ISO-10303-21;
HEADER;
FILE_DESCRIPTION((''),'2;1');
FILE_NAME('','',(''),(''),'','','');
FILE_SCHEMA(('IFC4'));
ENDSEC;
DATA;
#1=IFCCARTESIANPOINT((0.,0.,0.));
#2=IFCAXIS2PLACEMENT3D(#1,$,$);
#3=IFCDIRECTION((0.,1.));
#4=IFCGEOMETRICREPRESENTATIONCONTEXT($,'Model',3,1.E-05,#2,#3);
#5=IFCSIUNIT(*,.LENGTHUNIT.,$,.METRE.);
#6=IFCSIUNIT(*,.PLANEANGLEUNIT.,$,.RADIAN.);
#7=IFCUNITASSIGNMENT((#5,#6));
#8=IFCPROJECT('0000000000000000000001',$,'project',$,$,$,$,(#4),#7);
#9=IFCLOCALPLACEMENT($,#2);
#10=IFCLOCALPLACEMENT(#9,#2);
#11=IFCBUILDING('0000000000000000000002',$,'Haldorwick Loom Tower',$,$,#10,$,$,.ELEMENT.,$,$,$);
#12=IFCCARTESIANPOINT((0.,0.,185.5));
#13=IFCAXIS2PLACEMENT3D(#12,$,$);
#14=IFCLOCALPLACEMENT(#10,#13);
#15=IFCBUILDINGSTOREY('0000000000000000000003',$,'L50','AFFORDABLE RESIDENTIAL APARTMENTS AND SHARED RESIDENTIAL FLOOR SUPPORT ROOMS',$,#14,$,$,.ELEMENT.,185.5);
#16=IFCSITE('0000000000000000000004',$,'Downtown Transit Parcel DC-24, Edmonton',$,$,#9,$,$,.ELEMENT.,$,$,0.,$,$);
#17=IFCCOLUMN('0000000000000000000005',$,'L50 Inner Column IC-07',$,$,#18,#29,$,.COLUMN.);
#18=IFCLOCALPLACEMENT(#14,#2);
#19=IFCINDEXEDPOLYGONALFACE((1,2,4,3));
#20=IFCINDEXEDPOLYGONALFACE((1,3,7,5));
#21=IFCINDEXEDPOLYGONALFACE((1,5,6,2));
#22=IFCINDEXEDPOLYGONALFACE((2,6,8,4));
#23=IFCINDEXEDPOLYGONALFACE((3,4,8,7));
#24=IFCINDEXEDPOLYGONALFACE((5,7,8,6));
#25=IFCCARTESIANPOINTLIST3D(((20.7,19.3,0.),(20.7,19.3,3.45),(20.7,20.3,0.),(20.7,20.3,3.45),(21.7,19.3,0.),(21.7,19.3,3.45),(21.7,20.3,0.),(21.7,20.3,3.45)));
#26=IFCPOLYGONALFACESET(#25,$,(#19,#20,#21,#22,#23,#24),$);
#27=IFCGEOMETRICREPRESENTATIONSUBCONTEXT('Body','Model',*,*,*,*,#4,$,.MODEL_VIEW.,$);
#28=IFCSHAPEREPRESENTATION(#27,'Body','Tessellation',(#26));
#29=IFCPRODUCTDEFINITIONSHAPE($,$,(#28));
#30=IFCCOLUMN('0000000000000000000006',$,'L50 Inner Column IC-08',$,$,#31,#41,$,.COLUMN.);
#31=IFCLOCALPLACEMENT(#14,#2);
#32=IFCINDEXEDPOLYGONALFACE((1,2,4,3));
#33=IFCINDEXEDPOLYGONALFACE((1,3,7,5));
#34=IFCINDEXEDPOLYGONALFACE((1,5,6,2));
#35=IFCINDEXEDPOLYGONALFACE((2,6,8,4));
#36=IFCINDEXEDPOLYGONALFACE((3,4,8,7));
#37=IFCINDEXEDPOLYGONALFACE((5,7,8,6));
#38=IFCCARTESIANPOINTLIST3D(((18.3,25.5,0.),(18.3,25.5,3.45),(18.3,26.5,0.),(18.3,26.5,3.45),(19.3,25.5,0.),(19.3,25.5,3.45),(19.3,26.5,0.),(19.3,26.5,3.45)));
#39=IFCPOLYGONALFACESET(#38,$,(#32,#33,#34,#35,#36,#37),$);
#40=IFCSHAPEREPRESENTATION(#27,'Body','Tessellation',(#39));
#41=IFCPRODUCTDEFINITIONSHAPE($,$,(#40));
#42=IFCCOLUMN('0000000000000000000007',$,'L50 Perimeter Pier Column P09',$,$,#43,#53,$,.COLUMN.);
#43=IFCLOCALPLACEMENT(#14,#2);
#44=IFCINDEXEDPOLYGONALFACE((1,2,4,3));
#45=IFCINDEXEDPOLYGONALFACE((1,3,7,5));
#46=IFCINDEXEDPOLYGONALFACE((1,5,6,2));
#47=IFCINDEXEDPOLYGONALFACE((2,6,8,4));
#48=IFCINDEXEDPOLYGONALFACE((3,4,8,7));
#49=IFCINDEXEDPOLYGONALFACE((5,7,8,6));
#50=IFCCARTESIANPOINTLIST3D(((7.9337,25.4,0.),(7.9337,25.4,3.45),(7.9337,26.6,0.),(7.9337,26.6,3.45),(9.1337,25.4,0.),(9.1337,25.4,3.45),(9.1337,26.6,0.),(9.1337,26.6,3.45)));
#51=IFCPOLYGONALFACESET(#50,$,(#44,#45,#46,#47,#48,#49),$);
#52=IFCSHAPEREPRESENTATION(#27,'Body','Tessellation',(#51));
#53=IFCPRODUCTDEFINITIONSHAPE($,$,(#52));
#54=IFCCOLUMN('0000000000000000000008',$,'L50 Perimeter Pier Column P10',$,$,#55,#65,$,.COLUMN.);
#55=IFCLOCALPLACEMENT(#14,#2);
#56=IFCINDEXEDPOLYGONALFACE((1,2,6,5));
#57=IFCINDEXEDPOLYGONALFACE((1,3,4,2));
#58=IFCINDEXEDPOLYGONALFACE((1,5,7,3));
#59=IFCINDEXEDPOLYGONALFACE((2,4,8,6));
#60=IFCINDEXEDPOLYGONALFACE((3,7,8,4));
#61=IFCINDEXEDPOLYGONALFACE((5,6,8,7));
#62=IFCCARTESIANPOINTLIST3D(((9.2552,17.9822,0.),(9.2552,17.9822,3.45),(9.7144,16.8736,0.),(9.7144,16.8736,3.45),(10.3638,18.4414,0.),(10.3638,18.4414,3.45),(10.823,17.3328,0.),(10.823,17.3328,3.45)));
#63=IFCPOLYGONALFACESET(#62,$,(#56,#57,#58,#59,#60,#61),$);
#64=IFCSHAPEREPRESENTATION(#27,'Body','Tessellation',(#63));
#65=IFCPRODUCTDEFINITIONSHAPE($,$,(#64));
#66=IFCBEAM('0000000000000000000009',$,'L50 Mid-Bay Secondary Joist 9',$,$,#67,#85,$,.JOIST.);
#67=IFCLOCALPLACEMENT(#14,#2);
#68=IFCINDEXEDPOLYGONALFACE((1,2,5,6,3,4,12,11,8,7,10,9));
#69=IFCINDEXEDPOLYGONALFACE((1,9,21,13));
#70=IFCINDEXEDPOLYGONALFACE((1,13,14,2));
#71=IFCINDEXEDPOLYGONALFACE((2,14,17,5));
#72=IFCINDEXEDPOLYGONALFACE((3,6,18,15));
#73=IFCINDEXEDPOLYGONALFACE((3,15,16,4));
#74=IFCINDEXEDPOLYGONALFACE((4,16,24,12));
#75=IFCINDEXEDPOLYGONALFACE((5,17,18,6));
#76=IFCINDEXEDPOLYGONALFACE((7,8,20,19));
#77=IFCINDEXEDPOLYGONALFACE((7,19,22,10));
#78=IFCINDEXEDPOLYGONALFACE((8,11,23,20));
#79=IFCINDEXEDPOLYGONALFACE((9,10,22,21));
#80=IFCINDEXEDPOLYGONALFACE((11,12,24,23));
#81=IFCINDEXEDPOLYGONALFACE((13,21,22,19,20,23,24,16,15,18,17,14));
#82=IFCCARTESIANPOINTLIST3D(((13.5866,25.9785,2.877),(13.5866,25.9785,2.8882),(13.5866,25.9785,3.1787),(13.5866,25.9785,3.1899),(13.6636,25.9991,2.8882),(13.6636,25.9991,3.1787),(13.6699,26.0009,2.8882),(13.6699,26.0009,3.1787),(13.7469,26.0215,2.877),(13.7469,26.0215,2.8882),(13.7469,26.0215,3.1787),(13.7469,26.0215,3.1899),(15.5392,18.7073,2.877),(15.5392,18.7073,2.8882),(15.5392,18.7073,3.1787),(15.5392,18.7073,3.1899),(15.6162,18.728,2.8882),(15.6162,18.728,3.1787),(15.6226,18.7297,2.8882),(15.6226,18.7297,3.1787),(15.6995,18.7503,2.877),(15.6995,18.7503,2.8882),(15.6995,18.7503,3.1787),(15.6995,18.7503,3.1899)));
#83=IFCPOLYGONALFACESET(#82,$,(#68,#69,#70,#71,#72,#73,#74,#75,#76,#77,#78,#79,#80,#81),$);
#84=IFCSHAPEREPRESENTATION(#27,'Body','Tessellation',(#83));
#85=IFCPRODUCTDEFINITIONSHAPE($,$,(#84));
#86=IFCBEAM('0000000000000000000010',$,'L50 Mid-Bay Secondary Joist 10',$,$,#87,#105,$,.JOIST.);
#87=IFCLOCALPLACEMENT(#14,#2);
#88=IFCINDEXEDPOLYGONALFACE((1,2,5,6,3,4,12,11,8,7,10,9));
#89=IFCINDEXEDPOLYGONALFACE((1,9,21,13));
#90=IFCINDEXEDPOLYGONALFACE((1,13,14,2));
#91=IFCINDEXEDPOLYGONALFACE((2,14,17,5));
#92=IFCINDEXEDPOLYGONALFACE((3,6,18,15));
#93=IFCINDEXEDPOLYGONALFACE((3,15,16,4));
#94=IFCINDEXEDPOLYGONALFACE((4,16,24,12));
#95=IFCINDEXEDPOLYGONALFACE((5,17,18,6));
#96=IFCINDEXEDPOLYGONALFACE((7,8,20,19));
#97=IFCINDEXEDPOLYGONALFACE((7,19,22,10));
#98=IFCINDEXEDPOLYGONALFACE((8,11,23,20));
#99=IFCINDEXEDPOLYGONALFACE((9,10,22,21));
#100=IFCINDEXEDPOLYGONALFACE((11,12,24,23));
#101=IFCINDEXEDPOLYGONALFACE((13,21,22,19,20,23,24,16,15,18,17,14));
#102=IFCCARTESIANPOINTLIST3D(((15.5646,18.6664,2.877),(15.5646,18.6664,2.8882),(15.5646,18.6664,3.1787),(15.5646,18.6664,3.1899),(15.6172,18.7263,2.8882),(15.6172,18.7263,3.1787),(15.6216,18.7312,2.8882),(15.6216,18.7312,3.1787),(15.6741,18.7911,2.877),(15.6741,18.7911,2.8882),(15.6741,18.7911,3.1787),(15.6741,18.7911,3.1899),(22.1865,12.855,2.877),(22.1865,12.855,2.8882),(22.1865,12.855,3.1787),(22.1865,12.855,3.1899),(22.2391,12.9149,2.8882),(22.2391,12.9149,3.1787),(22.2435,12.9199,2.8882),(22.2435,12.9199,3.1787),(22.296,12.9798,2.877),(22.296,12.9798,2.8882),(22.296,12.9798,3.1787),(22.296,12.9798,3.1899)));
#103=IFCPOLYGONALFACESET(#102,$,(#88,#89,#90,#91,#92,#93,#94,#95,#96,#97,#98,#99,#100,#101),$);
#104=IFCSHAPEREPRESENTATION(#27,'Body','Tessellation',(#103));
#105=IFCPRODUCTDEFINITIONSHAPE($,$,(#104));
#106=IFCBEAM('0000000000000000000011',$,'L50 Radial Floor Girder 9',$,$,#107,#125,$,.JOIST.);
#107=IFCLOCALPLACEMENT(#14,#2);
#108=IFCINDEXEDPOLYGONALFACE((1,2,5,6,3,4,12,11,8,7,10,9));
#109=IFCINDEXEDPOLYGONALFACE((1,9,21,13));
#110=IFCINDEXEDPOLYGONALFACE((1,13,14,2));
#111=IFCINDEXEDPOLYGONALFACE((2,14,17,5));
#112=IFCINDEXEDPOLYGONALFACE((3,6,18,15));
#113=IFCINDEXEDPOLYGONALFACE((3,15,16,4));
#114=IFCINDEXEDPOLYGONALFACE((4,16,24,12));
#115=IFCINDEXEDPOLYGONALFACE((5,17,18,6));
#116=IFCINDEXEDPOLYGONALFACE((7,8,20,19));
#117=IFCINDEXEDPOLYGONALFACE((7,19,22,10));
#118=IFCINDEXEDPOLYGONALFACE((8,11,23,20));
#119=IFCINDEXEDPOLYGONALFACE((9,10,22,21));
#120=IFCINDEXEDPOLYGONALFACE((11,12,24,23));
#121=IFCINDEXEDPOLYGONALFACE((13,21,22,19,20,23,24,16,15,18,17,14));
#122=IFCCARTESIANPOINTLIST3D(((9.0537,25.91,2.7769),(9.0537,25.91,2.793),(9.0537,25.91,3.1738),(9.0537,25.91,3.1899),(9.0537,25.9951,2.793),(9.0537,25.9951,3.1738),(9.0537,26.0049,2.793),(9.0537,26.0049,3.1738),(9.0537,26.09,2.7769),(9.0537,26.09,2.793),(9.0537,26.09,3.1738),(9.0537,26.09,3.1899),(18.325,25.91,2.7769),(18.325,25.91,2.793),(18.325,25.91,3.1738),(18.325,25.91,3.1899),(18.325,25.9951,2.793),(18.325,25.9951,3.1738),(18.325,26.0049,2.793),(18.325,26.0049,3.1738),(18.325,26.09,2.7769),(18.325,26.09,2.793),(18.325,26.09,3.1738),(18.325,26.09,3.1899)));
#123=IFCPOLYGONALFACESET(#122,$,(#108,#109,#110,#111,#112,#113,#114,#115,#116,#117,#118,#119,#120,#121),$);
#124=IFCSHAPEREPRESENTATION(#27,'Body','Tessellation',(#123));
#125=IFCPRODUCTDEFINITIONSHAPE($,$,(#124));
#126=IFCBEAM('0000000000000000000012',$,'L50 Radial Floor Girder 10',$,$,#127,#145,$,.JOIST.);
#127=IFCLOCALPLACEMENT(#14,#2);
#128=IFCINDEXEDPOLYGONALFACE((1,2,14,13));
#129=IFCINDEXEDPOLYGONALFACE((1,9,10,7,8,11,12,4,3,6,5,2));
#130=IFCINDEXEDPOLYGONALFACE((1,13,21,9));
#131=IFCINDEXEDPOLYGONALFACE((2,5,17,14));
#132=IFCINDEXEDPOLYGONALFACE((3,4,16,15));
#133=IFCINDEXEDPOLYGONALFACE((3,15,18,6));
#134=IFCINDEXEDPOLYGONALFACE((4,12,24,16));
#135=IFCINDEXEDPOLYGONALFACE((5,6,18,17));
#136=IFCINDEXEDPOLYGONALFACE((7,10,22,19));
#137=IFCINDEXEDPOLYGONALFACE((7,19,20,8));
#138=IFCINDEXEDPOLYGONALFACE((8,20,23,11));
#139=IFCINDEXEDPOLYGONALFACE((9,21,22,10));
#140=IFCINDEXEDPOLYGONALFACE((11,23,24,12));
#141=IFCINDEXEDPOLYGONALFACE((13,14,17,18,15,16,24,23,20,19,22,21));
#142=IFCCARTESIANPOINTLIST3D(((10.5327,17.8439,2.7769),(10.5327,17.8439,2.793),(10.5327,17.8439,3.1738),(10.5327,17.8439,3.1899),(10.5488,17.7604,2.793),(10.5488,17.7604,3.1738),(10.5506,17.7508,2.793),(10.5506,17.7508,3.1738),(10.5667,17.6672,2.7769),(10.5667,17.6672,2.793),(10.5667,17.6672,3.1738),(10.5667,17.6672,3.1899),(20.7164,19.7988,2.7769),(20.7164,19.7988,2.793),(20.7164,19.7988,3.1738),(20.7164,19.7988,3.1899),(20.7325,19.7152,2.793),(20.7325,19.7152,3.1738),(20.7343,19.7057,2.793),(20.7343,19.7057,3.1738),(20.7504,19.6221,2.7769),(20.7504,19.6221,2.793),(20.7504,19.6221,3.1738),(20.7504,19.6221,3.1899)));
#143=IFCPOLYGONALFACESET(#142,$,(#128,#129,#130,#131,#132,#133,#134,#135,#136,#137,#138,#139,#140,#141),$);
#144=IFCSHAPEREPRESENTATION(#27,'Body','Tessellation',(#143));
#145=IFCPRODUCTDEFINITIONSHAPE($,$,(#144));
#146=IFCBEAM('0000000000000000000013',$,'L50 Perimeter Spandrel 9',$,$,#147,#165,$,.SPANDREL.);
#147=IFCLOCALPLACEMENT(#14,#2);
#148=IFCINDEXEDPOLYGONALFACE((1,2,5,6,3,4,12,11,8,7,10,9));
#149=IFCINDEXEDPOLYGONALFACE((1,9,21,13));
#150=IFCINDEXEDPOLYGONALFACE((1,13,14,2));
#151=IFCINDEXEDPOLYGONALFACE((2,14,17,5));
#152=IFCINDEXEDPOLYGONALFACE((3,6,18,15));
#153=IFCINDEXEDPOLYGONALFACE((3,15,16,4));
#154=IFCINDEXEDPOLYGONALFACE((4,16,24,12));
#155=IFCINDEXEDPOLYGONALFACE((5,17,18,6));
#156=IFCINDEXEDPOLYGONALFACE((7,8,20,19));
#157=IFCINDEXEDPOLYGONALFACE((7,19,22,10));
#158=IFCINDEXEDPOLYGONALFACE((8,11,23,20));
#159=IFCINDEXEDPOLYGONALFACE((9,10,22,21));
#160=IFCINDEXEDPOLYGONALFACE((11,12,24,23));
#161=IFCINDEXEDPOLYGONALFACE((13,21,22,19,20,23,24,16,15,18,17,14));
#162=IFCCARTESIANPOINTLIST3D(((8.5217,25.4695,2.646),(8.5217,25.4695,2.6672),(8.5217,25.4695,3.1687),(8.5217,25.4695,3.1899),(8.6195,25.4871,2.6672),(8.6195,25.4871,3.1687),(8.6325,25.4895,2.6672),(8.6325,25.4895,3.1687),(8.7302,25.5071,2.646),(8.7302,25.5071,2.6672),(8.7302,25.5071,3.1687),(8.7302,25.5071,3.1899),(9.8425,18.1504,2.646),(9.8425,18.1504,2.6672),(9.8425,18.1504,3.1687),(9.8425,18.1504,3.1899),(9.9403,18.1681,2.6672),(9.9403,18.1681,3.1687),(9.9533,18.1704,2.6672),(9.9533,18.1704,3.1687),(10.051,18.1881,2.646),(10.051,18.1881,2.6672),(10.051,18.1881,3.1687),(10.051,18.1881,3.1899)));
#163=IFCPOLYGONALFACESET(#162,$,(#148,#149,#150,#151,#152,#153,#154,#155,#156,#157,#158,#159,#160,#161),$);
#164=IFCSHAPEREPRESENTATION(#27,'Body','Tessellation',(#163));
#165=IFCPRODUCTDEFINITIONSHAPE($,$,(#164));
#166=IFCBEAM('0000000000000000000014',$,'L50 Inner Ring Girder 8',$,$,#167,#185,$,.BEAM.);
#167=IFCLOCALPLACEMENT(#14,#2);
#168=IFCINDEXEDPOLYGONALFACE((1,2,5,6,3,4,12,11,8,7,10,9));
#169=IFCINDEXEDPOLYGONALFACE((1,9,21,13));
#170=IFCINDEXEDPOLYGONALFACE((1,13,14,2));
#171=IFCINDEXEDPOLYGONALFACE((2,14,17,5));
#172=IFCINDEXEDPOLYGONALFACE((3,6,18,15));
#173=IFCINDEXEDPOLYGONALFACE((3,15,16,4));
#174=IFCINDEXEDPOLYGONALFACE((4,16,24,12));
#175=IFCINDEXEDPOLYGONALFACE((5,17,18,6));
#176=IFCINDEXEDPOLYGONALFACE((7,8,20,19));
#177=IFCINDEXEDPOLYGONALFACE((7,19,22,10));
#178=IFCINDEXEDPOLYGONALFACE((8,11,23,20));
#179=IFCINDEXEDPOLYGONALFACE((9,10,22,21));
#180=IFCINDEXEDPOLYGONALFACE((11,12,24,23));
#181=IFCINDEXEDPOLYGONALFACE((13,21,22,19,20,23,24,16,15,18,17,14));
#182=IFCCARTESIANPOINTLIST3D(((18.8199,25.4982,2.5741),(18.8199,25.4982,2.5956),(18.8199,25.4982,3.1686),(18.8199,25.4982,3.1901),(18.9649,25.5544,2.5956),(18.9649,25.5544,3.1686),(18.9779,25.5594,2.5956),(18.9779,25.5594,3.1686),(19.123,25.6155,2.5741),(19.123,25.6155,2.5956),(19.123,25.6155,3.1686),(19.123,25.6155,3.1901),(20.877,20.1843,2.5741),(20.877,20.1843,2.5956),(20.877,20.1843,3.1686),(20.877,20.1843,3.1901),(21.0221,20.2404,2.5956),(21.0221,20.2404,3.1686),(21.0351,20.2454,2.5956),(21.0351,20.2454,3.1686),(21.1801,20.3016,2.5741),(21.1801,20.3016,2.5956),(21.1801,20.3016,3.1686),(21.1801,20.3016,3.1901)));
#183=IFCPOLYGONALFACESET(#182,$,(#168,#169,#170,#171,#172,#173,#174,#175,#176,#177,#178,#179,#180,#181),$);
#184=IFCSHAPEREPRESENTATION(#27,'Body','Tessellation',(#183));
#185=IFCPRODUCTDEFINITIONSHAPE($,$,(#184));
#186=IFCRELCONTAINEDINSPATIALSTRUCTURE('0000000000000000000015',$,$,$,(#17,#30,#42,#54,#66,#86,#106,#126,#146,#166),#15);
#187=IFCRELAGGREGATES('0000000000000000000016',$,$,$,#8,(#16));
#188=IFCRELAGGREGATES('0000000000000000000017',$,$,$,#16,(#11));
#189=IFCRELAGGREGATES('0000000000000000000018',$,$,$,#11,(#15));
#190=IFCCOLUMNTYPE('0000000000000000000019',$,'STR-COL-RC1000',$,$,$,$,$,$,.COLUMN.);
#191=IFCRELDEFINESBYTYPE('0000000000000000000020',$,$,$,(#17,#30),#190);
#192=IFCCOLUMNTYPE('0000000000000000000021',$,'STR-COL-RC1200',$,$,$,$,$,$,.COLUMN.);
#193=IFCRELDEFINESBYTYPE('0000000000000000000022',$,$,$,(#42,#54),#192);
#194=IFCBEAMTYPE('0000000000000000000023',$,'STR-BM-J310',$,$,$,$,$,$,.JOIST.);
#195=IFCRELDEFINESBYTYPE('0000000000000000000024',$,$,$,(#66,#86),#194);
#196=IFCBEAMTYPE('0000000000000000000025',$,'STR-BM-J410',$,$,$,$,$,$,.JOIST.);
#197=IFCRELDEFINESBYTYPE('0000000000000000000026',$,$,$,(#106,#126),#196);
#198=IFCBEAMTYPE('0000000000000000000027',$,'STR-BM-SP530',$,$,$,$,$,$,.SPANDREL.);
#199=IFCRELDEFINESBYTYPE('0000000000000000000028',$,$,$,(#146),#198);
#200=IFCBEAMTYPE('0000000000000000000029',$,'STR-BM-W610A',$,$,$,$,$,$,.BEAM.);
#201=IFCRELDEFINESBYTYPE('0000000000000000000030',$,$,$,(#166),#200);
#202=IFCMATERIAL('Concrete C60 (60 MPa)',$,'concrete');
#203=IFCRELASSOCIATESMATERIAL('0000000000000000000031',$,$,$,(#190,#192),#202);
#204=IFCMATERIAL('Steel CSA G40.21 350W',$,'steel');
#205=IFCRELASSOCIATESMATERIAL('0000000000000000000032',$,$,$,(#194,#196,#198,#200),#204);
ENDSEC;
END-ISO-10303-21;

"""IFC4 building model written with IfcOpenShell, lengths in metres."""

from ifc_helpers import new_model, si_unit, direction, frame, origin, origin_2d, place, context, subcontext, project, spatial, rectangle, i_section, extrude, material, material_profile, profile_set, type_object, element, save


model = new_model("IFC4")

# Units and contexts
model_context = context("Model", 3, precision=1e-05, world=origin(), true_north=direction((0.0, 1.0)))
body_context = subcontext(model_context, "Body", "Model", "MODEL_VIEW")
ifc_project = project(units=[si_unit("LENGTHUNIT", "METRE"), si_unit("PLANEANGLEUNIT", "RADIAN")], contexts=[model_context])

# Site, building, storey
site_placement = place(None, origin())
site = spatial("IfcSite", under=ifc_project, at=site_placement, Name="Downtown Transit Parcel DC-24, Edmonton", CompositionType="ELEMENT", RefElevation=0.0)
building_placement = place(site_placement, origin())
building = spatial("IfcBuilding", under=site, at=building_placement, Name="Haldorwick Loom Tower", CompositionType="ELEMENT")
storey_placement = place(building_placement, frame((0.0, 0.0, 185.5)))
storey = spatial("IfcBuildingStorey", under=building, at=storey_placement, Name="L50", Description="AFFORDABLE RESIDENTIAL APARTMENTS AND SHARED RESIDENTIAL FLOOR SUPPORT ROOMS", CompositionType="ELEMENT", Elevation=185.5)

# Columns
ifc_material_1 = material(Name="Concrete C60 (60 MPa)", Category="concrete")
ifc_material_profile_1 = material_profile(ifc_material_1, rectangle(XDim=1.0, YDim=1.0, at=origin_2d()), Name="RC1000X1000", Category="concrete")
ifc_profile_set_1 = profile_set([ifc_material_profile_1], Name="Concrete C60 (60 MPa)")
column_type_1 = type_object("IfcColumnType", Name="STR-COL-RC1000", PredefinedType="COLUMN", material=ifc_profile_set_1)
for number, where, z_axis, x_axis, name in (
    (1, (21.2, 19.8, 0.0), (0.0, 0.0, 1.0), (1.0, 0.0, 0.0), "L50 Inner Column IC-07"),
    (2, (18.8, 26.0, 0.0), (0.0, 0.0, 1.0), (1.0, 0.0, 0.0), "L50 Inner Column IC-08"),
):
    element("IfcColumn", number, at=place(storey_placement, frame(where, z_axis=z_axis, x_axis=x_axis)), inside=storey, type_object=column_type_1, Name=name, PredefinedType="COLUMN", context=body_context, shape_type="SweptSolid", body=[
        extrude(rectangle(XDim=1.0, YDim=1.0, at=origin_2d()), origin(), (0.0, 0.0, 1.0), 3.45),
    ])
ifc_material_profile_2 = material_profile(ifc_material_1, rectangle(XDim=1.2, YDim=1.2, at=origin_2d()), Name="RC1200X1200", Category="concrete")
ifc_profile_set_2 = profile_set([ifc_material_profile_2], Name="Concrete C60 (60 MPa)")
column_type_2 = type_object("IfcColumnType", Name="STR-COL-RC1200", PredefinedType="COLUMN", material=ifc_profile_set_2)
for number, where, z_axis, x_axis, name in (
    (3, (8.5337, 26.0, 0.0), (0.0, 0.0, 1.0), (-1.0, 0.0, 0.0), "L50 Perimeter Pier Column P09"),
    (4, (10.0391, 17.6575, 0.0), (0.0, 0.0, 1.0), (-0.92388, -0.382683, 0.0), "L50 Perimeter Pier Column P10"),
):
    element("IfcColumn", number, at=place(storey_placement, frame(where, z_axis=z_axis, x_axis=x_axis)), inside=storey, type_object=column_type_2, Name=name, PredefinedType="COLUMN", context=body_context, shape_type="SweptSolid", body=[
        extrude(rectangle(XDim=1.2, YDim=1.2, at=origin_2d()), origin(), (0.0, 0.0, 1.0), 3.45),
    ])

# Beams
ifc_material_2 = material(Name="Steel CSA G40.21 350W", Category="steel")
ifc_material_profile_3 = material_profile(ifc_material_2, i_section(OverallWidth=0.166, OverallDepth=0.313, WebThickness=0.0066, FlangeThickness=0.0112, at=origin_2d()), Name="W310X45", Category="steel")
ifc_profile_set_3 = profile_set([ifc_material_profile_3], Name="Steel CSA G40.21 350W")
beam_type_1 = type_object("IfcBeamType", Name="STR-BM-J310", PredefinedType="JOIST", material=ifc_profile_set_3)
beam_1_placement = place(storey_placement, frame((13.6667, 26.0, 3.0334), z_axis=(0.259354, -0.965782, 0.0), x_axis=(0.965782, 0.259354, 0.0)))
element("IfcBeam", 5, at=beam_1_placement, inside=storey, type_object=beam_type_1, Name="L50 Mid-Bay Secondary Joist 9", PredefinedType="JOIST", context=body_context, shape_type="SweptSolid", body=[
    extrude(i_section(OverallWidth=0.166, OverallDepth=0.313, WebThickness=0.0066, FlangeThickness=0.0112, at=origin_2d()), origin(), (0.0, 0.0, 1.0), 7.5288),
])
beam_2_placement = place(storey_placement, frame((15.6194, 18.7288, 3.0334), z_axis=(0.751609, -0.659608, 0.0), x_axis=(0.659608, 0.751609, 0.0)))
element("IfcBeam", 6, at=beam_2_placement, inside=storey, type_object=beam_type_1, Name="L50 Mid-Bay Secondary Joist 10", PredefinedType="JOIST", context=body_context, shape_type="SweptSolid", body=[
    extrude(i_section(OverallWidth=0.166, OverallDepth=0.313, WebThickness=0.0066, FlangeThickness=0.0112, at=origin_2d()), origin(), (0.0, 0.0, 1.0), 8.8103),
])
ifc_material_profile_4 = material_profile(ifc_material_2, i_section(OverallWidth=0.1799, OverallDepth=0.4131, WebThickness=0.0098, FlangeThickness=0.0161, at=origin_2d()), Name="W410X74", Category="steel")
ifc_profile_set_4 = profile_set([ifc_material_profile_4], Name="Steel CSA G40.21 350W")
beam_type_2 = type_object("IfcBeamType", Name="STR-BM-J410", PredefinedType="JOIST", material=ifc_profile_set_4)
beam_3_placement = place(storey_placement, frame((18.325, 26.0, 2.9834), z_axis=(-1.0, 0.0, 0.0), x_axis=(0.0, -1.0, 0.0)))
element("IfcBeam", 7, at=beam_3_placement, inside=storey, type_object=beam_type_2, Name="L50 Radial Floor Girder 9", PredefinedType="JOIST", context=body_context, shape_type="SweptSolid", body=[
    extrude(i_section(OverallWidth=0.1799, OverallDepth=0.4131, WebThickness=0.0098, FlangeThickness=0.0161, at=origin_2d()), origin(), (0.0, 0.0, 1.0), 9.2712),
])
beam_4_placement = place(storey_placement, frame((20.7334, 19.7104, 2.9834), z_axis=(-0.98207, -0.188517, 0.0), x_axis=(0.188517, -0.98207, 0.0)))
element("IfcBeam", 8, at=beam_4_placement, inside=storey, type_object=beam_type_2, Name="L50 Radial Floor Girder 10", PredefinedType="JOIST", context=body_context, shape_type="SweptSolid", body=[
    extrude(i_section(OverallWidth=0.1799, OverallDepth=0.4131, WebThickness=0.0098, FlangeThickness=0.0161, at=origin_2d()), origin(), (0.0, 0.0, 1.0), 10.3696),
])
ifc_material_profile_5 = material_profile(ifc_material_2, i_section(OverallWidth=0.2119, OverallDepth=0.5439, WebThickness=0.0132, FlangeThickness=0.0212, at=origin_2d()), Name="W530X123", Category="steel")
ifc_profile_set_5 = profile_set([ifc_material_profile_5], Name="Steel CSA G40.21 350W")
beam_type_3 = type_object("IfcBeamType", Name="STR-BM-SP530", PredefinedType="SPANDREL", material=ifc_profile_set_5)
beam_5_placement = place(storey_placement, frame((8.626, 25.4883, 2.918), z_axis=(0.177591, -0.984104, 0.0), x_axis=(0.984104, 0.177591, 0.0)))
element("IfcBeam", 9, at=beam_5_placement, inside=storey, type_object=beam_type_3, Name="L50 Perimeter Spandrel 9", PredefinedType="SPANDREL", context=body_context, shape_type="SweptSolid", body=[
    extrude(i_section(OverallWidth=0.2119, OverallDepth=0.5439, WebThickness=0.0132, FlangeThickness=0.0212, at=origin_2d()), origin(), (0.0, 0.0, 1.0), 7.4373),
])
ifc_material_profile_6 = material_profile(ifc_material_2, i_section(OverallWidth=0.325, OverallDepth=0.616, WebThickness=0.0139, FlangeThickness=0.0215, at=origin_2d()), Name="W610X174", Category="steel")
ifc_profile_set_6 = profile_set([ifc_material_profile_6], Name="Steel CSA G40.21 350W")
beam_type_4 = type_object("IfcBeamType", Name="STR-BM-W610A", PredefinedType="BEAM", material=ifc_profile_set_6)
beam_6_placement = place(storey_placement, frame((21.0286, 20.2429, 2.8821), z_axis=(-0.361011, 0.932562, 0.0), x_axis=(-0.932562, -0.361011, 0.0)))
element("IfcBeam", 10, at=beam_6_placement, inside=storey, type_object=beam_type_4, Name="L50 Inner Ring Girder 8", PredefinedType="BEAM", context=body_context, shape_type="SweptSolid", body=[
    extrude(i_section(OverallWidth=0.325, OverallDepth=0.616, WebThickness=0.0139, FlangeThickness=0.0215, at=origin_2d()), origin(), (0.0, 0.0, 1.0), 5.6982),
])

save(model, "model.ifc")
